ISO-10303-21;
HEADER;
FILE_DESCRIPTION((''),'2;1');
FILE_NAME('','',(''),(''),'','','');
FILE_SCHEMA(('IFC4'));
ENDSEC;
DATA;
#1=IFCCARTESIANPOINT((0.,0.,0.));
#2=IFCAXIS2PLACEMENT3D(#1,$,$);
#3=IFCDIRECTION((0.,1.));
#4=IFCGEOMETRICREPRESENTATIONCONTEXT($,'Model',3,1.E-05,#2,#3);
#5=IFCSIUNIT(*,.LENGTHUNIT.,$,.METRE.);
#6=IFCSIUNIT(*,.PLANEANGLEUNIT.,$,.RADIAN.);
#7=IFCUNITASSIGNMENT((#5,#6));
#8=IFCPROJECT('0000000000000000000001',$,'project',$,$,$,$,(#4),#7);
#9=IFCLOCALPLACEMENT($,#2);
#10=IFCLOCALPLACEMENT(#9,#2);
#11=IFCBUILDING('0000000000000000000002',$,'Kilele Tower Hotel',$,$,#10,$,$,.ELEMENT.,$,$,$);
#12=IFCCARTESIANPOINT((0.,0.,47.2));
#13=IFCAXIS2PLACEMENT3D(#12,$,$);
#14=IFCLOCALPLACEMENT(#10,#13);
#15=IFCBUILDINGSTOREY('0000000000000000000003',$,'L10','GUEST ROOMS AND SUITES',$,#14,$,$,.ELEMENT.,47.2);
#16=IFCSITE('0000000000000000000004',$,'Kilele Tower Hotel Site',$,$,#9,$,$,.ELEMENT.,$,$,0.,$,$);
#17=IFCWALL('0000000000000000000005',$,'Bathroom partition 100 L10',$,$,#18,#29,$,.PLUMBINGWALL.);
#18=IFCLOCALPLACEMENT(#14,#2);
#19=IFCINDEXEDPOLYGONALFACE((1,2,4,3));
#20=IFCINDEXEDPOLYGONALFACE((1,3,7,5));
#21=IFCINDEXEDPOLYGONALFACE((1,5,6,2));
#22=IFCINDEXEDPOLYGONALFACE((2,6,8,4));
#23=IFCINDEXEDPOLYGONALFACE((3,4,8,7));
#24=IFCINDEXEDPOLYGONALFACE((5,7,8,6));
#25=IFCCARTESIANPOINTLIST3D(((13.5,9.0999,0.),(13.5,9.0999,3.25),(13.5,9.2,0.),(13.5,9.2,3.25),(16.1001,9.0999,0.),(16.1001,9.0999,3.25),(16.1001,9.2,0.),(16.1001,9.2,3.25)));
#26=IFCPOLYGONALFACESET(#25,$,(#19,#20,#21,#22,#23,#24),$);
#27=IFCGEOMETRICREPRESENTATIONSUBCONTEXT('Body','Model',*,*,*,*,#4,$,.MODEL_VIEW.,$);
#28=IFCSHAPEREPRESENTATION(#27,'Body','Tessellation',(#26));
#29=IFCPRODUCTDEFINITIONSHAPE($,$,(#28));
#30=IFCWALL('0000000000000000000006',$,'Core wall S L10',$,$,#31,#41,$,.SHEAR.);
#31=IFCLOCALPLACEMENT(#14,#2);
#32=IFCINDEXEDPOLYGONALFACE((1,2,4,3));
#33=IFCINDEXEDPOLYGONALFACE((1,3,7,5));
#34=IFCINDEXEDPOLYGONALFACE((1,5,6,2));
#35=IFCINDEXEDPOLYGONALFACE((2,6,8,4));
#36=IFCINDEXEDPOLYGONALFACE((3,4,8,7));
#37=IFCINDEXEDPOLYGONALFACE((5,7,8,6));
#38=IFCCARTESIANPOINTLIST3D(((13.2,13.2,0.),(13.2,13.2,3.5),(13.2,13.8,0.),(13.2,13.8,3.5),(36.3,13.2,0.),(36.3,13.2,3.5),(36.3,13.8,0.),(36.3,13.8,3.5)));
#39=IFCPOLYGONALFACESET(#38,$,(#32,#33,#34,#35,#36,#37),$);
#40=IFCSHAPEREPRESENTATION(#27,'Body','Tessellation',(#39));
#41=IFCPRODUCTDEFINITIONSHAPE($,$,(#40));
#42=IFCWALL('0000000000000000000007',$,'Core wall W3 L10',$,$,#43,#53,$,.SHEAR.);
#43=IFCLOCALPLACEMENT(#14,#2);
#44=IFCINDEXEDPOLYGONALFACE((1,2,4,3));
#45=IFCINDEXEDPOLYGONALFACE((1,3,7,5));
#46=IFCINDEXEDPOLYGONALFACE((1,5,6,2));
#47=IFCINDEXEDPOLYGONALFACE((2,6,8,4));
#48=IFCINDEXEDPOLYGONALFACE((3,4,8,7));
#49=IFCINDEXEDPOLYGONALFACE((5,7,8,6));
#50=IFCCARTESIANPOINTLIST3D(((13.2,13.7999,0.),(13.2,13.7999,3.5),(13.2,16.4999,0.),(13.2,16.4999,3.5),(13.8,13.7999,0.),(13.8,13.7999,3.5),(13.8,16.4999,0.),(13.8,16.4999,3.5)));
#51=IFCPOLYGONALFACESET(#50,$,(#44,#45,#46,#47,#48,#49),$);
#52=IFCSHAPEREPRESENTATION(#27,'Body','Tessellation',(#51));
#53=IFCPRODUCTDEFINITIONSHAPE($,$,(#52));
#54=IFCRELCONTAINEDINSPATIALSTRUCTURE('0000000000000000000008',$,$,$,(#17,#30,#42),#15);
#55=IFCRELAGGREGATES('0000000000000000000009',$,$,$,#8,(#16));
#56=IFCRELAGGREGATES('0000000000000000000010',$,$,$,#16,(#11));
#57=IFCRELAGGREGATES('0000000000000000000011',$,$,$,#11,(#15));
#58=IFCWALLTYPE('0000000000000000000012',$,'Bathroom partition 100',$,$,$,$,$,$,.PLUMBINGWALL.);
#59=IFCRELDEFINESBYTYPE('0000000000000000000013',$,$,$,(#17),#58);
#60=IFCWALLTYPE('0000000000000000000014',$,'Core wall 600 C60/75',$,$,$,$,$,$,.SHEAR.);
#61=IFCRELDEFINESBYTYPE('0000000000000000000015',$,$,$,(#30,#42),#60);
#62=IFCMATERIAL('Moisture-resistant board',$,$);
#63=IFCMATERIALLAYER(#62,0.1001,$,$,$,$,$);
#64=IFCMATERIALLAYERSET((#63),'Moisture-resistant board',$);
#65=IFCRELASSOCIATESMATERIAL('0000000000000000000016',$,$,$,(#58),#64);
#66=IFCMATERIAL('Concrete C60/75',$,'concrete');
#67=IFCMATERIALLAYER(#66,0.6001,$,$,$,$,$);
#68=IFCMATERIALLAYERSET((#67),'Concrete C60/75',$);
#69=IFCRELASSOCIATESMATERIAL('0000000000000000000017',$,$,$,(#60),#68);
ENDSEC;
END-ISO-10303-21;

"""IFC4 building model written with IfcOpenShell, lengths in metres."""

from ifc_helpers import new_model, si_unit, direction, frame, frame_2d, origin, place, context, subcontext, project, spatial, rectangle, extrude, material, layer, layer_set, type_object, element, save


model = new_model("IFC4")

# Units and contexts
model_context = context("Model", 3, precision=1e-05, world=origin(), true_north=direction((0.0, 1.0)))
body_context = subcontext(model_context, "Body", "Model", "MODEL_VIEW")
ifc_project = project(units=[si_unit("LENGTHUNIT", "METRE"), si_unit("PLANEANGLEUNIT", "RADIAN")], contexts=[model_context])

# Site, building, storey
site_placement = place(None, origin())
site = spatial("IfcSite", under=ifc_project, at=site_placement, Name="Kilele Tower Hotel Site", CompositionType="ELEMENT", RefElevation=0.0)
building_placement = place(site_placement, origin())
building = spatial("IfcBuilding", under=site, at=building_placement, Name="Kilele Tower Hotel", CompositionType="ELEMENT")
storey_placement = place(building_placement, frame((0.0, 0.0, 47.2)))
storey = spatial("IfcBuildingStorey", under=building, at=storey_placement, Name="L10", Description="GUEST ROOMS AND SUITES", CompositionType="ELEMENT", Elevation=47.2)

# Walls
ifc_material_1 = material(Name="Moisture-resistant board")
ifc_layer_1 = layer(ifc_material_1, 0.1001)
ifc_layer_set_1 = layer_set([ifc_layer_1], Name="Moisture-resistant board")
wall_type_1 = type_object("IfcWallType", Name="Bathroom partition 100", PredefinedType="PLUMBINGWALL", material=ifc_layer_set_1)
wall_1_placement = place(storey_placement, frame((13.5, 9.1499, 0.0), z_axis=(0.0, 0.0, 1.0), x_axis=(1.0, 0.0, 0.0)))
element("IfcWall", 1, at=wall_1_placement, inside=storey, type_object=wall_type_1, Name="Bathroom partition 100 L10", PredefinedType="PLUMBINGWALL", context=body_context, shape_type="SweptSolid", body=[
    extrude(rectangle(XDim=2.6001, YDim=0.1001, at=frame_2d((1.3, 0.0))), origin(), (0.0, 0.0, 1.0), 3.25),
])
ifc_material_2 = material(Name="Concrete C60/75", Category="concrete")
ifc_layer_2 = layer(ifc_material_2, 0.6001)
ifc_layer_set_2 = layer_set([ifc_layer_2], Name="Concrete C60/75")
wall_type_2 = type_object("IfcWallType", Name="Core wall 600 C60/75", PredefinedType="SHEAR", material=ifc_layer_set_2)
wall_2_placement = place(storey_placement, frame((13.2, 13.5, 0.0), z_axis=(0.0, 0.0, 1.0), x_axis=(1.0, 0.0, 0.0)))
element("IfcWall", 2, at=wall_2_placement, inside=storey, type_object=wall_type_2, Name="Core wall S L10", PredefinedType="SHEAR", context=body_context, shape_type="SweptSolid", body=[
    extrude(rectangle(XDim=23.1001, YDim=0.6001, at=frame_2d((11.55, 0.0))), origin(), (0.0, 0.0, 1.0), 3.5),
])
wall_3_placement = place(storey_placement, frame((13.5, 16.5, 0.0), z_axis=(0.0, 0.0, 1.0), x_axis=(0.0, -1.0, 0.0)))
element("IfcWall", 3, at=wall_3_placement, inside=storey, type_object=wall_type_2, Name="Core wall W3 L10", PredefinedType="SHEAR", context=body_context, shape_type="SweptSolid", body=[
    extrude(rectangle(XDim=2.7, YDim=0.6001, at=frame_2d((1.3501, 0.0))), origin(), (0.0, 0.0, 1.0), 3.5),
])

save(model, "model.ifc")
